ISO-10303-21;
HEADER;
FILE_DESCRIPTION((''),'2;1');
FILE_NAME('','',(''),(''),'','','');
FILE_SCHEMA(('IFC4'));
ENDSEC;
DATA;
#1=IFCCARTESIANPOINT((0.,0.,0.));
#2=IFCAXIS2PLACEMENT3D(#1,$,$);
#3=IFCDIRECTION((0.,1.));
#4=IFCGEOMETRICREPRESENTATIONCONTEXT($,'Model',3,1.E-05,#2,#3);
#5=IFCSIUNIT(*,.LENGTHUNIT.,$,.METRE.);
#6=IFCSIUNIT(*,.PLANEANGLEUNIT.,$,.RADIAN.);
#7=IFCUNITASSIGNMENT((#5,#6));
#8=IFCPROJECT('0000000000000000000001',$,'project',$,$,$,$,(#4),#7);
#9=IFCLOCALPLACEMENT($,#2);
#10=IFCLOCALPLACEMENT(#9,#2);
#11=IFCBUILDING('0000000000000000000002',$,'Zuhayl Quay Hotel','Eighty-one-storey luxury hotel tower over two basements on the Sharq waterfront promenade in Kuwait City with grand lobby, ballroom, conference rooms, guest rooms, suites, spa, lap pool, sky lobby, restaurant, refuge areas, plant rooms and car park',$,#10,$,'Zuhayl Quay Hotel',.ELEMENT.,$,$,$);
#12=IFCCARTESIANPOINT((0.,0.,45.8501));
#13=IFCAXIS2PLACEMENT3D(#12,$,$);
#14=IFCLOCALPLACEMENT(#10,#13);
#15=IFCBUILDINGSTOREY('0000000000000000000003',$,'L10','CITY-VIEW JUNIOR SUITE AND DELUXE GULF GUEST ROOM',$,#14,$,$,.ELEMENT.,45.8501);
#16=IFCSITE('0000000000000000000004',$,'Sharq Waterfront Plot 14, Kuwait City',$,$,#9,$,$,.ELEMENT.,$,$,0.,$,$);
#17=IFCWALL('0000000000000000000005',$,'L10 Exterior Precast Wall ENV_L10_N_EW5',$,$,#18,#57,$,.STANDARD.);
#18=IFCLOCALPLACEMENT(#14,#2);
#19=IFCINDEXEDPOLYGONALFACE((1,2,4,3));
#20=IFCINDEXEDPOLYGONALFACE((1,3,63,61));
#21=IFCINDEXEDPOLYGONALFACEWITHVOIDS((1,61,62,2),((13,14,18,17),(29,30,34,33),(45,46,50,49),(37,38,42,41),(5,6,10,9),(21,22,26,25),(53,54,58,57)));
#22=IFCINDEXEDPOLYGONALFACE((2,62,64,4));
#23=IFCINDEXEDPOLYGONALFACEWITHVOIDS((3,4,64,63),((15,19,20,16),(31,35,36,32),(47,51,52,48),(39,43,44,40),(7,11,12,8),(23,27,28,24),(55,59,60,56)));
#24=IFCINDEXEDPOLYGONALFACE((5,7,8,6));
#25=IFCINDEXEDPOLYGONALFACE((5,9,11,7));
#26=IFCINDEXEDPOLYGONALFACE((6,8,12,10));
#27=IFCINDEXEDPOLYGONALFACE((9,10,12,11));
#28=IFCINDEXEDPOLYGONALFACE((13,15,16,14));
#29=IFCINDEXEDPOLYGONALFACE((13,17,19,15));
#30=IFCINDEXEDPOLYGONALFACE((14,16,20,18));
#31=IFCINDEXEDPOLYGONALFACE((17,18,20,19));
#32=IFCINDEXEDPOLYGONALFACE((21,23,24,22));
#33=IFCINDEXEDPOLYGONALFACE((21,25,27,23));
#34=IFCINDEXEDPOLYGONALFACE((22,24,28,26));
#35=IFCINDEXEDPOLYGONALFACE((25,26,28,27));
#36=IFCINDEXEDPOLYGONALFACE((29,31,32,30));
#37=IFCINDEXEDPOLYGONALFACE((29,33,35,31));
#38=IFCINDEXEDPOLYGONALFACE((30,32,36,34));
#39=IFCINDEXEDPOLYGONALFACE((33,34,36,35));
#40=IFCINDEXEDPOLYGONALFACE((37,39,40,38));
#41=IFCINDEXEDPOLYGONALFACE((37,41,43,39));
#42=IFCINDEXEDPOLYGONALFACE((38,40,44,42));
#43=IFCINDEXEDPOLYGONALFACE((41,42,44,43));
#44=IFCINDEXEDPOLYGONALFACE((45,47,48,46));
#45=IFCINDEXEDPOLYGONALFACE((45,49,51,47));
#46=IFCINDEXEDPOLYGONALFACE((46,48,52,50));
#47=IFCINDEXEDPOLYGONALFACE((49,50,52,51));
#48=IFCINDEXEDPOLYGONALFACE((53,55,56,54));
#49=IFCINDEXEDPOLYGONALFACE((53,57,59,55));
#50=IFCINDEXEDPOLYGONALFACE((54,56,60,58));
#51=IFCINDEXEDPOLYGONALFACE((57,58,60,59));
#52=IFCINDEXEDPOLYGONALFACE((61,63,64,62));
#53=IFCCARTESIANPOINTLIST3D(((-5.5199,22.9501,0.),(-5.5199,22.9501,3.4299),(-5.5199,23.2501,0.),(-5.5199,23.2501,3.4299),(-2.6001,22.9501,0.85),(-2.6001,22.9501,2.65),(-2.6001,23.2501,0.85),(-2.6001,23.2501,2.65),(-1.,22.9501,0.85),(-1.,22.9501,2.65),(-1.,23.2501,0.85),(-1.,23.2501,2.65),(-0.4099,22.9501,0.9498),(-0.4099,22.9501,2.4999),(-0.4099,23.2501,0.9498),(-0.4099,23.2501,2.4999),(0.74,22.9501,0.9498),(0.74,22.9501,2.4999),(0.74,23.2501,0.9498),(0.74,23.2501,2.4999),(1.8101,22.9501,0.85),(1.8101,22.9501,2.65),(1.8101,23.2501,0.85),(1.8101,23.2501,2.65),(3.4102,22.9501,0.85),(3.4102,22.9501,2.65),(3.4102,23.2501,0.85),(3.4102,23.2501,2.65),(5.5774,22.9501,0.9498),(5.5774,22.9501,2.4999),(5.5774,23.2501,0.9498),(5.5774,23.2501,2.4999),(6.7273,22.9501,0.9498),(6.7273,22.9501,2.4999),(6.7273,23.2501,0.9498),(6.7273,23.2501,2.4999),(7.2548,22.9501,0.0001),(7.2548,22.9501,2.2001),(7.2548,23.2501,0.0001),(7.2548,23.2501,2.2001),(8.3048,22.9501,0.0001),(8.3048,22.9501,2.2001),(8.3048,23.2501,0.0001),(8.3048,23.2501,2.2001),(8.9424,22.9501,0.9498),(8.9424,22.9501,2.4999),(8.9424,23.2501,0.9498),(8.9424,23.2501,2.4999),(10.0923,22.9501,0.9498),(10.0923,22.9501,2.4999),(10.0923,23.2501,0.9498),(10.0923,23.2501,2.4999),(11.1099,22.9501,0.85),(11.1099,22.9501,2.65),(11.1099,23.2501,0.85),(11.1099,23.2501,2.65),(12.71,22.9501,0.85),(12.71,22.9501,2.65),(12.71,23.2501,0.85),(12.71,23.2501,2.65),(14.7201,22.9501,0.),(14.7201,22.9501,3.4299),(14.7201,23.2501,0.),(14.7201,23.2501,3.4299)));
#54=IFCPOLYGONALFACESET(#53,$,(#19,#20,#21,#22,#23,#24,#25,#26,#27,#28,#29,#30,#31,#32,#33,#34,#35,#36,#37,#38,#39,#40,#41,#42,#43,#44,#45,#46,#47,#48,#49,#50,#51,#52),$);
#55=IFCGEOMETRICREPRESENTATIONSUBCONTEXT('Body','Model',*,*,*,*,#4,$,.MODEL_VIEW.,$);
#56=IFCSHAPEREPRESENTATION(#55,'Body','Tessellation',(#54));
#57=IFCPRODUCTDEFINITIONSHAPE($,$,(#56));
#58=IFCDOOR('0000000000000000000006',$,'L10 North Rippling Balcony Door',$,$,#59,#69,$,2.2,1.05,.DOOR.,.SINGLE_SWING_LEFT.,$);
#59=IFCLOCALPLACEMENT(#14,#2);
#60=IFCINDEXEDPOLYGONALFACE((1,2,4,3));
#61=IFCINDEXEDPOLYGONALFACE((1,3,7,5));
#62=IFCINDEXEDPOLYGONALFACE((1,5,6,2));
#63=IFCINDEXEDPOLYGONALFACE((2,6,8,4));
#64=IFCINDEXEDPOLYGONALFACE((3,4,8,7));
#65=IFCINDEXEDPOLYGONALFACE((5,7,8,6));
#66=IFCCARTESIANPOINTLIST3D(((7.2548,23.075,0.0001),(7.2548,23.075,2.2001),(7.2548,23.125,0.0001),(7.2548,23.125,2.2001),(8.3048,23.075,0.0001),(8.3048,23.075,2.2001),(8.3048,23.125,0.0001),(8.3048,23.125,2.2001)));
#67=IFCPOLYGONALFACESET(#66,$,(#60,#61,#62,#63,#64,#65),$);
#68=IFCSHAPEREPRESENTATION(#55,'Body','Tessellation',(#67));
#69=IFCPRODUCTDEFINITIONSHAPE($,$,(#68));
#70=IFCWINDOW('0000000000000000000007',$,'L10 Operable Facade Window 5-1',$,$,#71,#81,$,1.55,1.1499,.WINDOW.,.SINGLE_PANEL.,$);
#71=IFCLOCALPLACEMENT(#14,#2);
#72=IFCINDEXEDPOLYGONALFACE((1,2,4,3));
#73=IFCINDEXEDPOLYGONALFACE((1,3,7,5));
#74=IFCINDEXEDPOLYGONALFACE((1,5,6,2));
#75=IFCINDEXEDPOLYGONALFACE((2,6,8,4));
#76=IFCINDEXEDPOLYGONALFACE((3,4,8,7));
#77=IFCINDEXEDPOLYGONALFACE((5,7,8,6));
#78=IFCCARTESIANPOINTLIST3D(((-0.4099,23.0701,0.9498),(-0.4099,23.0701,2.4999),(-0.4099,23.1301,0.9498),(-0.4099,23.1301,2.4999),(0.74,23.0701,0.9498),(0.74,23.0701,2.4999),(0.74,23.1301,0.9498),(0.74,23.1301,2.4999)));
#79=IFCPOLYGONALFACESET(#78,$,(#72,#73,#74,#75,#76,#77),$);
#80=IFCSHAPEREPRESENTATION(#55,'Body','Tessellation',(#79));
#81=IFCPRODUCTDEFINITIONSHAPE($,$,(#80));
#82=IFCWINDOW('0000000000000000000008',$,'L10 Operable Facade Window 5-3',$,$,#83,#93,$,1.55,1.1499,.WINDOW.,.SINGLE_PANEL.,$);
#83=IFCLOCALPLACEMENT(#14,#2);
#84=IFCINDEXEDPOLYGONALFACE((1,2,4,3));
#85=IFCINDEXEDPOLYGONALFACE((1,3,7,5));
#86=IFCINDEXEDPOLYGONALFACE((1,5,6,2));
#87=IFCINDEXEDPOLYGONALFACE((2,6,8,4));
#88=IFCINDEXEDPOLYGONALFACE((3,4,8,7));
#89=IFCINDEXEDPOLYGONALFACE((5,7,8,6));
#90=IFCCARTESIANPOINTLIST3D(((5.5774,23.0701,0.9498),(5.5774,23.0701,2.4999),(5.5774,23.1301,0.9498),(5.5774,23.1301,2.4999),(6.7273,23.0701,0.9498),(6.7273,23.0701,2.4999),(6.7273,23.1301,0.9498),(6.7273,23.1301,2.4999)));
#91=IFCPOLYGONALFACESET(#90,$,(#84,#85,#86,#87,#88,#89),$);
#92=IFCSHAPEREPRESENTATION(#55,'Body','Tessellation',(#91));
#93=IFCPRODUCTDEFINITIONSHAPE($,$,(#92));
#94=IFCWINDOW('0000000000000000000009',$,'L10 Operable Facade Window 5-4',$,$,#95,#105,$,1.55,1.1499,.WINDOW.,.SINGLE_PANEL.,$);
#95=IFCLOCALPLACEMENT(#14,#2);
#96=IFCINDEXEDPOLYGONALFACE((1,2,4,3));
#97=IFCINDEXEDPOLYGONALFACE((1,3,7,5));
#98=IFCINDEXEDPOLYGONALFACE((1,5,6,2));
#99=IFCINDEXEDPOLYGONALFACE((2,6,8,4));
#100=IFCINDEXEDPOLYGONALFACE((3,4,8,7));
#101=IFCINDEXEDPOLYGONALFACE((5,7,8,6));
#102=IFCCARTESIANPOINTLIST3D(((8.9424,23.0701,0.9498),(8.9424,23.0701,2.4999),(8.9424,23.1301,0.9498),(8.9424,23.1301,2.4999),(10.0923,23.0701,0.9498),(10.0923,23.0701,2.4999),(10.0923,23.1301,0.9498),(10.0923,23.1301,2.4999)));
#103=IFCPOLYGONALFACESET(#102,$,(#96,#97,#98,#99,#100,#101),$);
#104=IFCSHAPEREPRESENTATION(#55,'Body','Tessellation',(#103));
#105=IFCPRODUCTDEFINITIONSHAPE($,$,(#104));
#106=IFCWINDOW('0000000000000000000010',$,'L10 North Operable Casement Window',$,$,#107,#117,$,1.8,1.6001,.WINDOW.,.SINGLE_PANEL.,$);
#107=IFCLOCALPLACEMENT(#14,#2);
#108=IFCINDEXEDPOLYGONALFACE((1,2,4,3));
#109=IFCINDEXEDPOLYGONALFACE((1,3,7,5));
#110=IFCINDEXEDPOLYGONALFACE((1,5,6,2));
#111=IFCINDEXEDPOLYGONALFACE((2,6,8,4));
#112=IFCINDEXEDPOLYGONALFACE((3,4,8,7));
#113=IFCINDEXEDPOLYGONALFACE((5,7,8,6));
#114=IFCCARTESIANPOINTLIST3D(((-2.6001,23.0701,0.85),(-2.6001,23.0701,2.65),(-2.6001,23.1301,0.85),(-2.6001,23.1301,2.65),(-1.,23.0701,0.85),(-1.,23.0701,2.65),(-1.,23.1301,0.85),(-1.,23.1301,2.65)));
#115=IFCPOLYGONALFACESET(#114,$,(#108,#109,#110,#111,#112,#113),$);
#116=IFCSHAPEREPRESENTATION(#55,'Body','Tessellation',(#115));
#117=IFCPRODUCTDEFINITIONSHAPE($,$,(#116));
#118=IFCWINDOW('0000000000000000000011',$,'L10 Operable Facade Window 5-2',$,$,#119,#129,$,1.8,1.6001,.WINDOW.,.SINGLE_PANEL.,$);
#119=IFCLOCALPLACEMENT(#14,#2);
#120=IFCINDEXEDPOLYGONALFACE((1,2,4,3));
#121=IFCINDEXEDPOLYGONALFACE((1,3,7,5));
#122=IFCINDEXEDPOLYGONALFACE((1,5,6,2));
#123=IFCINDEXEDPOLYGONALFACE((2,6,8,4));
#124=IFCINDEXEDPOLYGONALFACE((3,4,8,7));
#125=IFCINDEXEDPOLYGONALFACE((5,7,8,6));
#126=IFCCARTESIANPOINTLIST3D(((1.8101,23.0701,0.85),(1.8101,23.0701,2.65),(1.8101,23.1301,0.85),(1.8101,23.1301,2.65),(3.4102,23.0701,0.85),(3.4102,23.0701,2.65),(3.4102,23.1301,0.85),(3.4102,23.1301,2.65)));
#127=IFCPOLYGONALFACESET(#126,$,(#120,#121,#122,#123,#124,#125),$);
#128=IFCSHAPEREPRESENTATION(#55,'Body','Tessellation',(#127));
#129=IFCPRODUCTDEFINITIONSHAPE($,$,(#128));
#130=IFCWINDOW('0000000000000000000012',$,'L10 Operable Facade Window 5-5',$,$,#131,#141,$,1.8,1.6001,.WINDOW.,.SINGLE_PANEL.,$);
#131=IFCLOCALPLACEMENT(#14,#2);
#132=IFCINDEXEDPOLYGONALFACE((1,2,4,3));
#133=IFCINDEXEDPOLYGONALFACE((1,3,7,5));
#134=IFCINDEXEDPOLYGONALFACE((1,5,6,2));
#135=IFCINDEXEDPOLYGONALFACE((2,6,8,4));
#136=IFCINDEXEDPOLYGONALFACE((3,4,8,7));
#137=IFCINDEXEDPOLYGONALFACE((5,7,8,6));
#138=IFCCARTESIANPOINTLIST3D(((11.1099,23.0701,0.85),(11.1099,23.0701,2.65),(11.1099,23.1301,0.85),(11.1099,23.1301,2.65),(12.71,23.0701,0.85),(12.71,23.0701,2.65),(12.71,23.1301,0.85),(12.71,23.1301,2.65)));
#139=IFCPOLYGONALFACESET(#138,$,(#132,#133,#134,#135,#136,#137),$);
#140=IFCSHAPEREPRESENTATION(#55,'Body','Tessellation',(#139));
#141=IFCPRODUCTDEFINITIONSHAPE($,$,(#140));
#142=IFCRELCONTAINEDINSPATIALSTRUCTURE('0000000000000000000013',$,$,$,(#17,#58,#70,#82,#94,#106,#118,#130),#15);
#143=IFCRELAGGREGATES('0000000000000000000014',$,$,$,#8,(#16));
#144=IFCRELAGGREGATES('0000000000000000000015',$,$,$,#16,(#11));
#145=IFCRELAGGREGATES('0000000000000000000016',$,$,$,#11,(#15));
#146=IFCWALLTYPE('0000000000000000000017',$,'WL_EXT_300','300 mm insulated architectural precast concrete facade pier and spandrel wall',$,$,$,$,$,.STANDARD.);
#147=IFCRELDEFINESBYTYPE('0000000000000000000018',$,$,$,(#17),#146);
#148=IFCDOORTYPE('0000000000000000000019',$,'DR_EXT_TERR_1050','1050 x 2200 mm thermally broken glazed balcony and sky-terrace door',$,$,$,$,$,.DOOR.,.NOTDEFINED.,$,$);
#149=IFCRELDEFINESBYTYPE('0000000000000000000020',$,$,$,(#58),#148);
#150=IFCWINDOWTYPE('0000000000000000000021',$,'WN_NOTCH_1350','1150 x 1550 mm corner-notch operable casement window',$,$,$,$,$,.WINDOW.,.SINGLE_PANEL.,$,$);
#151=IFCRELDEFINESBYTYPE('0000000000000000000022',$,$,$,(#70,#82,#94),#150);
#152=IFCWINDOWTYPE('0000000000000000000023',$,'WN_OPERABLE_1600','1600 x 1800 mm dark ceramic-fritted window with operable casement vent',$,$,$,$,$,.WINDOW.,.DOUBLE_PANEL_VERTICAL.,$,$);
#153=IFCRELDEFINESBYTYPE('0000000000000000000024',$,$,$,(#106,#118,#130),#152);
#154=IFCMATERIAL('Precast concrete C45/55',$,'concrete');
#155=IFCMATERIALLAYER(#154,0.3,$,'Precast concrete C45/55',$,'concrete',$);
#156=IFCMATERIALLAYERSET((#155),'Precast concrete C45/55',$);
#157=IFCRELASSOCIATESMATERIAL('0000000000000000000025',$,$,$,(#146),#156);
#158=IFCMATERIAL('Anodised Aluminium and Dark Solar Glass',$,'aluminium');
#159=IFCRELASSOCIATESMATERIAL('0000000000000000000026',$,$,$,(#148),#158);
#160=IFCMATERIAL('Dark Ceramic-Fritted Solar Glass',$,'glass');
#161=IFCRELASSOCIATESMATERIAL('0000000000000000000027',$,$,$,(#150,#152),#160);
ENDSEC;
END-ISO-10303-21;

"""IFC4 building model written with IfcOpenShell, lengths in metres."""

from ifc_helpers import new_model, si_unit, direction, frame, frame_2d, origin, place, context, subcontext, project, spatial, rectangle, extrude, material, layer, layer_set, type_object, element, fill, save


model = new_model("IFC4")

# Units and contexts
model_context = context("Model", 3, precision=1e-05, world=origin(), true_north=direction((0.0, 1.0)))
body_context = subcontext(model_context, "Body", "Model", "MODEL_VIEW")
ifc_project = project(units=[si_unit("LENGTHUNIT", "METRE"), si_unit("PLANEANGLEUNIT", "RADIAN")], contexts=[model_context])

# Site, building, storey
site_placement = place(None, origin())
site = spatial("IfcSite", under=ifc_project, at=site_placement, Name="Sharq Waterfront Plot 14, Kuwait City", CompositionType="ELEMENT", RefElevation=0.0)
building_placement = place(site_placement, origin())
building = spatial("IfcBuilding", under=site, at=building_placement, Name="Zuhayl Quay Hotel", Description="Eighty-one-storey luxury hotel tower over two basements on the Sharq waterfront promenade in Kuwait City with grand lobby, ballroom, conference rooms, guest rooms, suites, spa, lap pool, sky lobby, restaurant, refuge areas, plant rooms and car park", LongName="Zuhayl Quay Hotel", CompositionType="ELEMENT")
storey_placement = place(building_placement, frame((0.0, 0.0, 45.8501)))
storey = spatial("IfcBuildingStorey", under=building, at=storey_placement, Name="L10", Description="CITY-VIEW JUNIOR SUITE AND DELUXE GULF GUEST ROOM", CompositionType="ELEMENT", Elevation=45.8501)

# Shared definitions
ifc_material_1 = material(Name="Dark Ceramic-Fritted Solar Glass", Category="glass")

# Wall, openings, door, windows
ifc_material_2 = material(Name="Precast concrete C45/55", Category="concrete")
ifc_layer_1 = layer(ifc_material_2, 0.3, Name="Precast concrete C45/55", Category="concrete")
ifc_layer_set_1 = layer_set([ifc_layer_1], Name="Precast concrete C45/55")
wall_type_1 = type_object("IfcWallType", Name="WL_EXT_300", Description="300 mm insulated architectural precast concrete facade pier and spandrel wall", PredefinedType="STANDARD", material=ifc_layer_set_1)
wall_1_placement = place(storey_placement, frame((-5.52, 23.1001, 0.0), z_axis=(0.0, 0.0, 1.0), x_axis=(1.0, 0.0, 0.0)))
wall_1 = element("IfcWall", 1, at=wall_1_placement, inside=storey, type_object=wall_type_1, Name="L10 Exterior Precast Wall ENV_L10_N_EW5", PredefinedType="STANDARD", context=body_context, shape_type="SweptSolid", body=[
    extrude(rectangle(XDim=20.24, YDim=0.3, at=frame_2d((10.1201, 0.0))), origin(), (0.0, 0.0, 1.0), 3.4299),
])
opening_1_placement = place(wall_1_placement, frame((12.7749, 0.0, 0.0)))
opening_1 = element("IfcOpeningElement", 2, at=opening_1_placement, cuts=wall_1, PredefinedType="OPENING", context=body_context, shape_type="SweptSolid", body=[
    extrude(rectangle(XDim=1.05, YDim=2.2, at=frame_2d((0.5249, 1.1001))), frame((0.0, 0.1599, 0.0), z_axis=(0.0, -1.0, 0.0), x_axis=(1.0, 0.0, 0.0)), (0.0, 0.0, 1.0), 0.3201),
])
opening_2_placement = place(wall_1_placement, frame((2.9199, 0.0, 0.8501)))
opening_2 = element("IfcOpeningElement", 3, at=opening_2_placement, cuts=wall_1, PredefinedType="OPENING", context=body_context, shape_type="SweptSolid", body=[
    extrude(rectangle(XDim=1.6001, YDim=1.8, at=frame_2d((0.8, 0.8999))), frame((0.0, 0.1599, 0.0), z_axis=(0.0, -1.0, 0.0), x_axis=(1.0, 0.0, 0.0)), (0.0, 0.0, 1.0), 0.3201),
])
opening_3_placement = place(wall_1_placement, frame((5.1101, 0.0, 0.95)))
opening_3 = element("IfcOpeningElement", 4, at=opening_3_placement, cuts=wall_1, PredefinedType="OPENING", context=body_context, shape_type="SweptSolid", body=[
    extrude(rectangle(XDim=1.1499, YDim=1.55, at=frame_2d((0.575, 0.7749))), frame((0.0, 0.1599, 0.0), z_axis=(0.0, -1.0, 0.0), x_axis=(1.0, 0.0, 0.0)), (0.0, 0.0, 1.0), 0.3201),
])
opening_4_placement = place(wall_1_placement, frame((7.3301, 0.0, 0.8501)))
opening_4 = element("IfcOpeningElement", 5, at=opening_4_placement, cuts=wall_1, PredefinedType="OPENING", context=body_context, shape_type="SweptSolid", body=[
    extrude(rectangle(XDim=1.6001, YDim=1.8, at=frame_2d((0.8, 0.8999))), frame((0.0, 0.1599, 0.0), z_axis=(0.0, -1.0, 0.0), x_axis=(1.0, 0.0, 0.0)), (0.0, 0.0, 1.0), 0.3201),
])
opening_5_placement = place(wall_1_placement, frame((11.0974, 0.0, 0.95)))
opening_5 = element("IfcOpeningElement", 6, at=opening_5_placement, cuts=wall_1, PredefinedType="OPENING", context=body_context, shape_type="SweptSolid", body=[
    extrude(rectangle(XDim=1.1499, YDim=1.55, at=frame_2d((0.575, 0.7749))), frame((0.0, 0.1599, 0.0), z_axis=(0.0, -1.0, 0.0), x_axis=(1.0, 0.0, 0.0)), (0.0, 0.0, 1.0), 0.3201),
])
opening_6_placement = place(wall_1_placement, frame((14.4624, 0.0, 0.95)))
opening_6 = element("IfcOpeningElement", 7, at=opening_6_placement, cuts=wall_1, PredefinedType="OPENING", context=body_context, shape_type="SweptSolid", body=[
    extrude(rectangle(XDim=1.1499, YDim=1.55, at=frame_2d((0.575, 0.7749))), frame((0.0, 0.1599, 0.0), z_axis=(0.0, -1.0, 0.0), x_axis=(1.0, 0.0, 0.0)), (0.0, 0.0, 1.0), 0.3201),
])
opening_7_placement = place(wall_1_placement, frame((16.6299, 0.0, 0.8501)))
opening_7 = element("IfcOpeningElement", 8, at=opening_7_placement, cuts=wall_1, PredefinedType="OPENING", context=body_context, shape_type="SweptSolid", body=[
    extrude(rectangle(XDim=1.6001, YDim=1.8, at=frame_2d((0.8, 0.8999))), frame((0.0, 0.1599, 0.0), z_axis=(0.0, -1.0, 0.0), x_axis=(1.0, 0.0, 0.0)), (0.0, 0.0, 1.0), 0.3201),
])
ifc_material_3 = material(Name="Anodised Aluminium and Dark Solar Glass", Category="aluminium")
door_type_1 = type_object("IfcDoorType", Name="DR_EXT_TERR_1050", Description="1050 x 2200 mm thermally broken glazed balcony and sky-terrace door", OperationType="NOTDEFINED", PredefinedType="DOOR", material=ifc_material_3)
door_1_placement = place(opening_1_placement, origin())
door_1 = element("IfcDoor", 9, at=door_1_placement, inside=storey, type_object=door_type_1, Name="L10 North Rippling Balcony Door", OperationType="SINGLE_SWING_LEFT", OverallHeight=2.2, OverallWidth=1.05, PredefinedType="DOOR", context=body_context, shape_type="SweptSolid", body=[
    extrude(rectangle(XDim=1.05, YDim=2.2, at=frame_2d((0.5249, 1.1001))), frame((0.0, 0.0249, 0.0), z_axis=(0.0, -1.0, 0.0), x_axis=(1.0, 0.0, 0.0)), (0.0, 0.0, 1.0), 0.05),
])
fill(opening_1, door_1)
window_type_1 = type_object("IfcWindowType", Name="WN_NOTCH_1350", Description="1150 x 1550 mm corner-notch operable casement window", PartitioningType="SINGLE_PANEL", PredefinedType="WINDOW", material=ifc_material_1)
window_1_placement = place(opening_3_placement, origin())
window_1 = element("IfcWindow", 10, at=window_1_placement, inside=storey, type_object=window_type_1, Name="L10 Operable Facade Window 5-1", OverallHeight=1.55, OverallWidth=1.1499, PartitioningType="SINGLE_PANEL", PredefinedType="WINDOW", context=body_context, shape_type="SweptSolid", body=[
    extrude(rectangle(XDim=1.1499, YDim=1.55, at=frame_2d((0.575, 0.7749))), frame((0.0, 0.03, 0.0), z_axis=(0.0, -1.0, 0.0), x_axis=(1.0, 0.0, 0.0)), (0.0, 0.0, 1.0), 0.0601),
])
fill(opening_3, window_1)
window_2_placement = place(opening_5_placement, origin())
window_2 = element("IfcWindow", 11, at=window_2_placement, inside=storey, type_object=window_type_1, Name="L10 Operable Facade Window 5-3", OverallHeight=1.55, OverallWidth=1.1499, PartitioningType="SINGLE_PANEL", PredefinedType="WINDOW", context=body_context, shape_type="SweptSolid", body=[
    extrude(rectangle(XDim=1.1499, YDim=1.55, at=frame_2d((0.575, 0.7749))), frame((0.0, 0.03, 0.0), z_axis=(0.0, -1.0, 0.0), x_axis=(1.0, 0.0, 0.0)), (0.0, 0.0, 1.0), 0.0601),
])
fill(opening_5, window_2)
window_3_placement = place(opening_6_placement, origin())
window_3 = element("IfcWindow", 12, at=window_3_placement, inside=storey, type_object=window_type_1, Name="L10 Operable Facade Window 5-4", OverallHeight=1.55, OverallWidth=1.1499, PartitioningType="SINGLE_PANEL", PredefinedType="WINDOW", context=body_context, shape_type="SweptSolid", body=[
    extrude(rectangle(XDim=1.1499, YDim=1.55, at=frame_2d((0.575, 0.7749))), frame((0.0, 0.03, 0.0), z_axis=(0.0, -1.0, 0.0), x_axis=(1.0, 0.0, 0.0)), (0.0, 0.0, 1.0), 0.0601),
])
fill(opening_6, window_3)
window_type_2 = type_object("IfcWindowType", Name="WN_OPERABLE_1600", Description="1600 x 1800 mm dark ceramic-fritted window with operable casement vent", PartitioningType="DOUBLE_PANEL_VERTICAL", PredefinedType="WINDOW", material=ifc_material_1)
window_4_placement = place(opening_2_placement, origin())
window_4 = element("IfcWindow", 13, at=window_4_placement, inside=storey, type_object=window_type_2, Name="L10 North Operable Casement Window", OverallHeight=1.8, OverallWidth=1.6001, PartitioningType="SINGLE_PANEL", PredefinedType="WINDOW", context=body_context, shape_type="SweptSolid", body=[
    extrude(rectangle(XDim=1.6001, YDim=1.8, at=frame_2d((0.8, 0.8999))), frame((0.0, 0.03, 0.0), z_axis=(0.0, -1.0, 0.0), x_axis=(1.0, 0.0, 0.0)), (0.0, 0.0, 1.0), 0.0601),
])
fill(opening_2, window_4)
window_5_placement = place(opening_4_placement, origin())
window_5 = element("IfcWindow", 14, at=window_5_placement, inside=storey, type_object=window_type_2, Name="L10 Operable Facade Window 5-2", OverallHeight=1.8, OverallWidth=1.6001, PartitioningType="SINGLE_PANEL", PredefinedType="WINDOW", context=body_context, shape_type="SweptSolid", body=[
    extrude(rectangle(XDim=1.6001, YDim=1.8, at=frame_2d((0.8, 0.8999))), frame((0.0, 0.03, 0.0), z_axis=(0.0, -1.0, 0.0), x_axis=(1.0, 0.0, 0.0)), (0.0, 0.0, 1.0), 0.0601),
])
fill(opening_4, window_5)
window_6_placement = place(opening_7_placement, origin())
window_6 = element("IfcWindow", 15, at=window_6_placement, inside=storey, type_object=window_type_2, Name="L10 Operable Facade Window 5-5", OverallHeight=1.8, OverallWidth=1.6001, PartitioningType="SINGLE_PANEL", PredefinedType="WINDOW", context=body_context, shape_type="SweptSolid", body=[
    extrude(rectangle(XDim=1.6001, YDim=1.8, at=frame_2d((0.8, 0.8999))), frame((0.0, 0.03, 0.0), z_axis=(0.0, -1.0, 0.0), x_axis=(1.0, 0.0, 0.0)), (0.0, 0.0, 1.0), 0.0601),
])
fill(opening_7, window_6)

save(model, "model.ifc")
